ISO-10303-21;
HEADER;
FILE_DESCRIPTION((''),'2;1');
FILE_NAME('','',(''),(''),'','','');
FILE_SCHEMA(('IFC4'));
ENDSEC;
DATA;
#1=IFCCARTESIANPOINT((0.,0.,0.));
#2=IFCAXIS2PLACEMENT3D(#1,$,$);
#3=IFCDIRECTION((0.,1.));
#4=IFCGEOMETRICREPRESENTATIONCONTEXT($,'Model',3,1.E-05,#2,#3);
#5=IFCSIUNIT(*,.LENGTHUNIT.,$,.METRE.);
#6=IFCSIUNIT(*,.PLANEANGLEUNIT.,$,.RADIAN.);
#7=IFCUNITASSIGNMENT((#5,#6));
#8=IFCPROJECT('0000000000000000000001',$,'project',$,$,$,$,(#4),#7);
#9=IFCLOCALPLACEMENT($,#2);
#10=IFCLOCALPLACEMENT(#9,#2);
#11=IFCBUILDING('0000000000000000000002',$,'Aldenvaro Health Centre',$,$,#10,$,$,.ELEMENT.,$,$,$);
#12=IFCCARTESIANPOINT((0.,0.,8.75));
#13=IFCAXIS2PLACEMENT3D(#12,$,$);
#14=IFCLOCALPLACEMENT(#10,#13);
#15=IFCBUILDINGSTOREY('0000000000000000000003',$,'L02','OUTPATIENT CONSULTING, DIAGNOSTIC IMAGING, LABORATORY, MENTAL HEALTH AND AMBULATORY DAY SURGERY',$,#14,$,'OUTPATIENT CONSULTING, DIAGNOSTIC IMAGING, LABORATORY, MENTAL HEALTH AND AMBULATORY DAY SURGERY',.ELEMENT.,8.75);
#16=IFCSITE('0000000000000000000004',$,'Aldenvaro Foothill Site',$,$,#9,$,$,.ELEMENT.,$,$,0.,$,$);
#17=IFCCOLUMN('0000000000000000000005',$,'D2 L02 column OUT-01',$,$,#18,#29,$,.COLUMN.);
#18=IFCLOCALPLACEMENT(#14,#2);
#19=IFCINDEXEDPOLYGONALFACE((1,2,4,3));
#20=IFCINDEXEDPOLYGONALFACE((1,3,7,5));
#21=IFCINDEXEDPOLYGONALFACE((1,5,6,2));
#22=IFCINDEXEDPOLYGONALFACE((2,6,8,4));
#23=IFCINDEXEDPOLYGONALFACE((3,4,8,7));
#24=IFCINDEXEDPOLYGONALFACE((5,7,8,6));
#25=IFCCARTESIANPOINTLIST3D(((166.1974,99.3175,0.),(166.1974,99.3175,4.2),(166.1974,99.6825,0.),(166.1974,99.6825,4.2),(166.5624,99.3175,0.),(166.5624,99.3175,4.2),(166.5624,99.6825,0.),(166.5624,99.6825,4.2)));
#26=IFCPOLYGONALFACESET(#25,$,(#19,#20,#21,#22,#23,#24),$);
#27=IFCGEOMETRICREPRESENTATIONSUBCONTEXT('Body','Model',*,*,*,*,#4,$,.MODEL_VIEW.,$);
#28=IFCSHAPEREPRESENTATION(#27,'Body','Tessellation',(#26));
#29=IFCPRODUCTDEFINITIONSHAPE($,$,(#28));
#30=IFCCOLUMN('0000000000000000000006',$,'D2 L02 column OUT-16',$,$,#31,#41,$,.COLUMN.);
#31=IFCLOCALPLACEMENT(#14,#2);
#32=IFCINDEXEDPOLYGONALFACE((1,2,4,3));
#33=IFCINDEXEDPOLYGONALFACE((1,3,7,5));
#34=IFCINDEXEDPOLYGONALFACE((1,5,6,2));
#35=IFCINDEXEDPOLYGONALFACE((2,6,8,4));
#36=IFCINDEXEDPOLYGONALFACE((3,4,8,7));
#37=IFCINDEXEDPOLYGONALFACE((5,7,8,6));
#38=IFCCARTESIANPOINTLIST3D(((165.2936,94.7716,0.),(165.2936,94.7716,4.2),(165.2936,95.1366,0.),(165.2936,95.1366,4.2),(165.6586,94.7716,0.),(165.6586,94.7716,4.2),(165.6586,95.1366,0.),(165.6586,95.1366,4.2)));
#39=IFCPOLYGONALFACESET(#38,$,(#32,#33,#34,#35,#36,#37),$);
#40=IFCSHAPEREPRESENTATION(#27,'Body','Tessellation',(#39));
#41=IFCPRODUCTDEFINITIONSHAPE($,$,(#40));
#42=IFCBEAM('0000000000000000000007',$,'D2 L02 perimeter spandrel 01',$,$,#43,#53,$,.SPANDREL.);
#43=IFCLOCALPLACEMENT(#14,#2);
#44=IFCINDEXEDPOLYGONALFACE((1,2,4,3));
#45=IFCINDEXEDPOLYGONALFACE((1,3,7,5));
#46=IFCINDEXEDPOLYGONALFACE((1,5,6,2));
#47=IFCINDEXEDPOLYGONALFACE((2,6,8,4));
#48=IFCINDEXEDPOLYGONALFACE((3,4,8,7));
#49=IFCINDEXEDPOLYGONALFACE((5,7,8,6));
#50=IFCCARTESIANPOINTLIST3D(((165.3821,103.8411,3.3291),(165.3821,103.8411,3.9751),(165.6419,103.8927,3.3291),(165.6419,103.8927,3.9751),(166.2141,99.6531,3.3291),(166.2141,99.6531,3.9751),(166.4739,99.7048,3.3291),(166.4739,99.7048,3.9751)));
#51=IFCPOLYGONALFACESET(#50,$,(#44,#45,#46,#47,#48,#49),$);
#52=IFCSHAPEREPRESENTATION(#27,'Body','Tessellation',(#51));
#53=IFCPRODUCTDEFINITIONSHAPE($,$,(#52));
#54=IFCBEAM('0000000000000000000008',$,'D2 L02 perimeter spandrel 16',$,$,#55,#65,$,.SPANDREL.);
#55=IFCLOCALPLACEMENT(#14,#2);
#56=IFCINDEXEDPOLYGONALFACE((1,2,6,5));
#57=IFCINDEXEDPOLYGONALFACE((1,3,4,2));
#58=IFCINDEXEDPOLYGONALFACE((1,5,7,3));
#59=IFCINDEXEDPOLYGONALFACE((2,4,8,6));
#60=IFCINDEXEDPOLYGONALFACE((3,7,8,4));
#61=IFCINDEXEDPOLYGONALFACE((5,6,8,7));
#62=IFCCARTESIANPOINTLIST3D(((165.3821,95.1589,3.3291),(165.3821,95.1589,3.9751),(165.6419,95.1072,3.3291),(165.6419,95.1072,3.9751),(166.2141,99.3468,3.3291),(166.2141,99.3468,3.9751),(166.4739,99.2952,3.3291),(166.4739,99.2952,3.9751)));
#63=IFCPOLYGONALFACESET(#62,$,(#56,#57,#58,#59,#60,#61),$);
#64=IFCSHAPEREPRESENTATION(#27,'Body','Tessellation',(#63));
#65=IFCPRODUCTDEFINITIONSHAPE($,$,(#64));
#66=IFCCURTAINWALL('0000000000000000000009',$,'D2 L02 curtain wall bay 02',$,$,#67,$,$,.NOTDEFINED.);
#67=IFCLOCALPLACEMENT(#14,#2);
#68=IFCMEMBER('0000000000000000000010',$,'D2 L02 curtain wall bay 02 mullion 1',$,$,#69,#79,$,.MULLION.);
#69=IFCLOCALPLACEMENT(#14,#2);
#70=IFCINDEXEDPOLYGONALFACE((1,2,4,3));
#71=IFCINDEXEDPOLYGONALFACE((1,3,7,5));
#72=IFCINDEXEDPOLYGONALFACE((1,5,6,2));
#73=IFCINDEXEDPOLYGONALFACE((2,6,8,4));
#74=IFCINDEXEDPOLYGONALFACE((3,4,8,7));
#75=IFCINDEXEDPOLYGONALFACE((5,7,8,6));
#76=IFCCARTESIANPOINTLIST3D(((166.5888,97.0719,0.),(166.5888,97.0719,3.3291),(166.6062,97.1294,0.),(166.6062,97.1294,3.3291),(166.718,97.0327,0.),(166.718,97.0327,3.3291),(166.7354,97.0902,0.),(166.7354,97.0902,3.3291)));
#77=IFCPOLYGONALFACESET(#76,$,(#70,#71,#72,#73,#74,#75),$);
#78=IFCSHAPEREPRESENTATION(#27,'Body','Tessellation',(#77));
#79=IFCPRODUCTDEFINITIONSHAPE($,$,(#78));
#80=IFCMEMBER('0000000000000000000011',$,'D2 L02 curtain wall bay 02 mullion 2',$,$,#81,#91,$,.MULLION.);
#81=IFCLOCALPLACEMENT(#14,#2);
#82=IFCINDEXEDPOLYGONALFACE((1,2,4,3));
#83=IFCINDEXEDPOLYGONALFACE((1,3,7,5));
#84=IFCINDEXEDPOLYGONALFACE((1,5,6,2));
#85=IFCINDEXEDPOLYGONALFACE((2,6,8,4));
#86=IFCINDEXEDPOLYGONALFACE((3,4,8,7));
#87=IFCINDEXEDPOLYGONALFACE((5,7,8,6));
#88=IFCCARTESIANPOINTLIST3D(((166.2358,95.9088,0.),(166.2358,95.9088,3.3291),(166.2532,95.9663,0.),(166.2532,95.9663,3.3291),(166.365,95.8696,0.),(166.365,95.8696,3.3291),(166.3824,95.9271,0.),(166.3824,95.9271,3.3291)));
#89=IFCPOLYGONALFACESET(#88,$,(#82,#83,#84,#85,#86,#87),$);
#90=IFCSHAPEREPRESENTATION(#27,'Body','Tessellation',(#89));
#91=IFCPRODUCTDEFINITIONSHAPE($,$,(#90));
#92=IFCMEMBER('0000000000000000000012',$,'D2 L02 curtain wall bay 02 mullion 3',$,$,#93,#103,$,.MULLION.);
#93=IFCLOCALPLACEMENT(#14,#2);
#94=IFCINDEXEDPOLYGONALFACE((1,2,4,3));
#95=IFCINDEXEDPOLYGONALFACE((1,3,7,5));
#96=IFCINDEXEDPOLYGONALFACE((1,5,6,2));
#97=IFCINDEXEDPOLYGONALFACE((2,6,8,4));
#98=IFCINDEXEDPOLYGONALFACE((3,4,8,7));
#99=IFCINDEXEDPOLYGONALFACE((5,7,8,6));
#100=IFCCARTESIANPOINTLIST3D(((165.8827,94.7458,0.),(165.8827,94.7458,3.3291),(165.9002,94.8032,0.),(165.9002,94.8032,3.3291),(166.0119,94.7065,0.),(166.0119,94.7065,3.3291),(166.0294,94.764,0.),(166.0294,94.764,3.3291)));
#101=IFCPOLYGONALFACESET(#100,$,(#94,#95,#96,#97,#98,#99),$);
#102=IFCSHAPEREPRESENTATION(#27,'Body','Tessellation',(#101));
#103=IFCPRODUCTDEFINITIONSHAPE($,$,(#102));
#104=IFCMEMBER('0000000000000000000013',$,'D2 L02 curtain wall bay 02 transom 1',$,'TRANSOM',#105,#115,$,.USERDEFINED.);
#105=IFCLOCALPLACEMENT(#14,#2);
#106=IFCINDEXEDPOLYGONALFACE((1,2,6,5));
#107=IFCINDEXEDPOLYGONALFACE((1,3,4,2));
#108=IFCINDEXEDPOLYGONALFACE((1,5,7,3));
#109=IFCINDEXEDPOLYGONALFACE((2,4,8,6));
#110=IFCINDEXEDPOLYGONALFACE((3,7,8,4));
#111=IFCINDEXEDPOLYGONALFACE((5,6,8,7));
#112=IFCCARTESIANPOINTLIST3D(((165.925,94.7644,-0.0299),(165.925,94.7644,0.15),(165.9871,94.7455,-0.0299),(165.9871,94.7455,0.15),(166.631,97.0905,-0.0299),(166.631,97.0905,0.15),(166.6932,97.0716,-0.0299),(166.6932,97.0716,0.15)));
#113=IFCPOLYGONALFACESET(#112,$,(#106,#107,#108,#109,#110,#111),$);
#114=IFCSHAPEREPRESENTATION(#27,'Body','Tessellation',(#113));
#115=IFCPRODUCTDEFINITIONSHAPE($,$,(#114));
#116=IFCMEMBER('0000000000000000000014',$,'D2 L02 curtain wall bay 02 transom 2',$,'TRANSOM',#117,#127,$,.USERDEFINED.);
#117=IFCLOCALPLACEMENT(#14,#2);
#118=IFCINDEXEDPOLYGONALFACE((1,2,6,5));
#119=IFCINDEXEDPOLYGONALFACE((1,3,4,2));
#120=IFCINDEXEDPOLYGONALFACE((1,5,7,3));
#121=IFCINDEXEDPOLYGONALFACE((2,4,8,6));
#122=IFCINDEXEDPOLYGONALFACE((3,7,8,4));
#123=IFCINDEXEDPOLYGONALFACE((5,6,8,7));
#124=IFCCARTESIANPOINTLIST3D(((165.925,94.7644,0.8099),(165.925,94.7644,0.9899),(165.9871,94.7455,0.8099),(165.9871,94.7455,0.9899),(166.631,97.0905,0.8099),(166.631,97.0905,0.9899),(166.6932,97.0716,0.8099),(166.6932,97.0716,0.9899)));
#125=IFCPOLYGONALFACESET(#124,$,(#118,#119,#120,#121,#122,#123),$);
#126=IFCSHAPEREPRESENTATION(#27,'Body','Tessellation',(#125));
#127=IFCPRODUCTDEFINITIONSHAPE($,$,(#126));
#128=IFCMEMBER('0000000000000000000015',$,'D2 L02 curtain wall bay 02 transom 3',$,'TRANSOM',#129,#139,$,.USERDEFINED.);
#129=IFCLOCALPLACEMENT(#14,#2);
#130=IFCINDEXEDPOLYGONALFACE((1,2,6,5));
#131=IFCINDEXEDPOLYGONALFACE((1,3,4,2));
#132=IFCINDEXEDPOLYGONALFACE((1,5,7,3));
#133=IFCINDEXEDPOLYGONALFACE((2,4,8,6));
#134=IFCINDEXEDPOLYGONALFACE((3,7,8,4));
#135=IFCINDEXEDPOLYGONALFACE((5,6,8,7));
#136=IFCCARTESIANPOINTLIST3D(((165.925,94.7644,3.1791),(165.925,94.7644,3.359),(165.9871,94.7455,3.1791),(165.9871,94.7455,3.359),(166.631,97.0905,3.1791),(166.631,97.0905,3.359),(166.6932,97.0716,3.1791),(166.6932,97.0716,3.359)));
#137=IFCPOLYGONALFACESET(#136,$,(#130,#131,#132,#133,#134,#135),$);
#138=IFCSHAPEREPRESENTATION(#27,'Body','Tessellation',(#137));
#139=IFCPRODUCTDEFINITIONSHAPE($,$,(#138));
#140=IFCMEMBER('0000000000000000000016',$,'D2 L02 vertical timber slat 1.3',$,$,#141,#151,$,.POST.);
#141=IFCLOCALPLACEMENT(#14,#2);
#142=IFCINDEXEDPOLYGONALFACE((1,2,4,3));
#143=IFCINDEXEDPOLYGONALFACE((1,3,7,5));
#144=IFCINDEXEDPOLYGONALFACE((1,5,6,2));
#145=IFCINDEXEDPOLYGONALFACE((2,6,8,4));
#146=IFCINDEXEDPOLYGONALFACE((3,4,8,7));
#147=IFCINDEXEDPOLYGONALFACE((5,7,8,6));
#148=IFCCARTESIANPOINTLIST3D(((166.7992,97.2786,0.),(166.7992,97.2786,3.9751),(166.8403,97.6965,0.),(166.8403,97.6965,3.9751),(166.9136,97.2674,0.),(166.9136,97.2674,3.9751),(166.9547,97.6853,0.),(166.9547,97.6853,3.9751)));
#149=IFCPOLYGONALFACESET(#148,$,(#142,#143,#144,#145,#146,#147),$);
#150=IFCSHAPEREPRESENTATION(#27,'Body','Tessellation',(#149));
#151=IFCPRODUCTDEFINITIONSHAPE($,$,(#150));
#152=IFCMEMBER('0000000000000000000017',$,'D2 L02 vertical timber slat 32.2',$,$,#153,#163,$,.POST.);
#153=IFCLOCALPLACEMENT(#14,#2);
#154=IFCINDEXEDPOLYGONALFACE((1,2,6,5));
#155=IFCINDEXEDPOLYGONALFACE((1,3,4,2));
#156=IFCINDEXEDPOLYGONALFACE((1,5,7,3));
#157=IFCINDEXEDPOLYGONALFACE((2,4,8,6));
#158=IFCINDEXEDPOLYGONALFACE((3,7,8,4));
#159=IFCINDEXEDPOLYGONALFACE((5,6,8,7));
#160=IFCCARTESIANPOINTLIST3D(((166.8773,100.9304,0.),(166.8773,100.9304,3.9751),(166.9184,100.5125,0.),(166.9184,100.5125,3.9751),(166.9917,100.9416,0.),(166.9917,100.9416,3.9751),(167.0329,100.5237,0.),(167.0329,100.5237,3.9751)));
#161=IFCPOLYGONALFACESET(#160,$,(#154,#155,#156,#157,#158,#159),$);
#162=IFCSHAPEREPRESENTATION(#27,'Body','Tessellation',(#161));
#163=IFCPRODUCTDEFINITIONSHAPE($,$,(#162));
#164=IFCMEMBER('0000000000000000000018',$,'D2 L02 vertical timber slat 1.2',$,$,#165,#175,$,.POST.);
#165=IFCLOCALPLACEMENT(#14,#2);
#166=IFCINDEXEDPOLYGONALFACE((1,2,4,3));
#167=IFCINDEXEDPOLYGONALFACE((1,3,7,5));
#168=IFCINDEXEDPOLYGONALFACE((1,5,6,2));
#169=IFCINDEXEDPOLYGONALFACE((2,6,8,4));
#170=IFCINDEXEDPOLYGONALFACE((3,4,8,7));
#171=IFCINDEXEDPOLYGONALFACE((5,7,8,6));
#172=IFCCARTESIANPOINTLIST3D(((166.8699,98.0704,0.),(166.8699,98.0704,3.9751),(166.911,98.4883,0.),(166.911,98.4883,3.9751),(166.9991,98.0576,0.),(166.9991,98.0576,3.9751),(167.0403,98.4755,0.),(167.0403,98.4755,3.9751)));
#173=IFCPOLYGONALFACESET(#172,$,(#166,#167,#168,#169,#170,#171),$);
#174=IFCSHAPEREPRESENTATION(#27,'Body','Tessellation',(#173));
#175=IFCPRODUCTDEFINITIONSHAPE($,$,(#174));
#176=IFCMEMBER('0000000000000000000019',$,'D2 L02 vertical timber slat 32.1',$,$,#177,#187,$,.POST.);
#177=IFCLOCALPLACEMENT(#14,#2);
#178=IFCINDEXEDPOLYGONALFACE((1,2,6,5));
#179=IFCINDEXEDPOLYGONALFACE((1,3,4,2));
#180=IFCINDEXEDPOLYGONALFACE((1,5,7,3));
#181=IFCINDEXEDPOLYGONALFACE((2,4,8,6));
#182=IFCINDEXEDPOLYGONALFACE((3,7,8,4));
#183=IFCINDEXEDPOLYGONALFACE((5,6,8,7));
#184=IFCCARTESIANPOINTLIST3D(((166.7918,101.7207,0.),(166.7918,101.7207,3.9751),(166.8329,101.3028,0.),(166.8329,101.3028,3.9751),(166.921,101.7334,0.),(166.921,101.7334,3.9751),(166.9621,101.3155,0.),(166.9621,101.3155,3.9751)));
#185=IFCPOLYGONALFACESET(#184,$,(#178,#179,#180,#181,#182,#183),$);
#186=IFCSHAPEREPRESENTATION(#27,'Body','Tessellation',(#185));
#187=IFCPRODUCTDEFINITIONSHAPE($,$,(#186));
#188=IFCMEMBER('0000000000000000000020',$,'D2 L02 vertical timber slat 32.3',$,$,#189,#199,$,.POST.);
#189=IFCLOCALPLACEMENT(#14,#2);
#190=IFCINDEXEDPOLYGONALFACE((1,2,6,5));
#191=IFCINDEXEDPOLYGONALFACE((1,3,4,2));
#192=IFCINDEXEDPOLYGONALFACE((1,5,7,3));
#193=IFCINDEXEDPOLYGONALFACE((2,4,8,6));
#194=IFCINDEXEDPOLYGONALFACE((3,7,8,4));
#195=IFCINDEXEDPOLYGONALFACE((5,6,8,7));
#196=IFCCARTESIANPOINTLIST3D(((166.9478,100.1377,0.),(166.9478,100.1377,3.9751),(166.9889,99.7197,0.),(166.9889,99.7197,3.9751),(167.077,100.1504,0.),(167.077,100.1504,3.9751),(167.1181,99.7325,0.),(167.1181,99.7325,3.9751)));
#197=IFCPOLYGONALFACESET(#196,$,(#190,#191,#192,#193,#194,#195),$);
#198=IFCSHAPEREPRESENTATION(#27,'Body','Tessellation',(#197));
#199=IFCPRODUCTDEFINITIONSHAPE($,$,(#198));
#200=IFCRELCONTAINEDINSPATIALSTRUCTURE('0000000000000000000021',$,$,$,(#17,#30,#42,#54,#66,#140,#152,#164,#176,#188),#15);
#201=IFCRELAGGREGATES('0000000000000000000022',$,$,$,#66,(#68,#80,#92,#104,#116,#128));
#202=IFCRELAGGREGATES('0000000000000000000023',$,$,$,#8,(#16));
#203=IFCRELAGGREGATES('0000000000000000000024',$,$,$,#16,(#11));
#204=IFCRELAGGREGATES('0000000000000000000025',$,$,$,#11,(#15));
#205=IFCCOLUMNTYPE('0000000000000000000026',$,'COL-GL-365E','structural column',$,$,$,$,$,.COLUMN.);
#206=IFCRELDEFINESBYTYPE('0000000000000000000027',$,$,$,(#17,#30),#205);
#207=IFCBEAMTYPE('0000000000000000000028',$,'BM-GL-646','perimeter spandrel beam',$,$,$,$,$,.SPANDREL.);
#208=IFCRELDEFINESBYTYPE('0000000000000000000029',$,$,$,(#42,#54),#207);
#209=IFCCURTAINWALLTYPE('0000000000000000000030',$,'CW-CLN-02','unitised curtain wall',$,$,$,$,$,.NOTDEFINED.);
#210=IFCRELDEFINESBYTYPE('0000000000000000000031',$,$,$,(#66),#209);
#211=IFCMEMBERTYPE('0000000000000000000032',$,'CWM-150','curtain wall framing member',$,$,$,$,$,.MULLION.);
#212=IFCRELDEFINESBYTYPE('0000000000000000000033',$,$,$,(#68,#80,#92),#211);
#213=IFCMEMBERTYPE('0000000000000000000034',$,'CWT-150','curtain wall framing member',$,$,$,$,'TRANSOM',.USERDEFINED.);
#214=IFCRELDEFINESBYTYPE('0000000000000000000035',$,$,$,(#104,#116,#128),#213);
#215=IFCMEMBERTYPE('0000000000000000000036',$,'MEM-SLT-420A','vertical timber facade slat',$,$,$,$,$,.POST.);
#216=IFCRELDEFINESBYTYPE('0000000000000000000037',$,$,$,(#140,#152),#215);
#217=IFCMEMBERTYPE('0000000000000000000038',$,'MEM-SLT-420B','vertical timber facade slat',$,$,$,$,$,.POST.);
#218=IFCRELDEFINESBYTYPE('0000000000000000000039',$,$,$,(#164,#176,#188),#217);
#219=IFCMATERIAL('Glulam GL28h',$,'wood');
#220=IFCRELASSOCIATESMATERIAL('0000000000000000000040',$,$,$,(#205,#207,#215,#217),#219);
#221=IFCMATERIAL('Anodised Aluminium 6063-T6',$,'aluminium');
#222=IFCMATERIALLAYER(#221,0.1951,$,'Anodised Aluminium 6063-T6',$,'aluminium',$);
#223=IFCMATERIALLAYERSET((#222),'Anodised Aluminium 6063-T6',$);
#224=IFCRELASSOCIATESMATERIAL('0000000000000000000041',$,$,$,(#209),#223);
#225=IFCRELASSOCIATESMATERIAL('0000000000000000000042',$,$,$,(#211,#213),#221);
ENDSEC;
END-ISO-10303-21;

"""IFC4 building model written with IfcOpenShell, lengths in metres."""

from ifc_helpers import new_model, si_unit, direction, frame, origin, origin_2d, place, context, subcontext, project, spatial, rectangle, extrude, material, layer, layer_set, material_profile, profile_set, type_object, element, aggregate, save


model = new_model("IFC4")

# Units and contexts
model_context = context("Model", 3, precision=1e-05, world=origin(), true_north=direction((0.0, 1.0)))
body_context = subcontext(model_context, "Body", "Model", "MODEL_VIEW")
ifc_project = project(units=[si_unit("LENGTHUNIT", "METRE"), si_unit("PLANEANGLEUNIT", "RADIAN")], contexts=[model_context])

# Site, building, storey
site_placement = place(None, origin())
site = spatial("IfcSite", under=ifc_project, at=site_placement, Name="Aldenvaro Foothill Site", CompositionType="ELEMENT", RefElevation=0.0)
building_placement = place(site_placement, origin())
building = spatial("IfcBuilding", under=site, at=building_placement, Name="Aldenvaro Health Centre", CompositionType="ELEMENT")
storey_placement = place(building_placement, frame((0.0, 0.0, 8.75)))
storey = spatial("IfcBuildingStorey", under=building, at=storey_placement, Name="L02", Description="OUTPATIENT CONSULTING, DIAGNOSTIC IMAGING, LABORATORY, MENTAL HEALTH AND AMBULATORY DAY SURGERY", LongName="OUTPATIENT CONSULTING, DIAGNOSTIC IMAGING, LABORATORY, MENTAL HEALTH AND AMBULATORY DAY SURGERY", CompositionType="ELEMENT", Elevation=8.75)

# Columns
ifc_material_1 = material(Name="Glulam GL28h", Category="wood")
ifc_material_profile_1 = material_profile(ifc_material_1, rectangle(XDim=0.365, YDim=0.365, at=origin_2d()), Name="GL 365x365", Category="wood")
ifc_profile_set_1 = profile_set([ifc_material_profile_1], Name="Glulam GL28h")
column_type = type_object("IfcColumnType", Name="COL-GL-365E", Description="structural column", PredefinedType="COLUMN", material=ifc_profile_set_1)
for number, where, z_axis, x_axis, name in (
    (1, (166.3799, 99.5, 0.0), (0.0, 0.0, 1.0), (1.0, 0.0, 0.0), "D2 L02 column OUT-01"),
    (2, (165.4761, 94.9541, 0.0), (0.0, 0.0, 1.0), (1.0, 0.0, 0.0), "D2 L02 column OUT-16"),
):
    element("IfcColumn", number, at=place(storey_placement, frame(where, z_axis=z_axis, x_axis=x_axis)), inside=storey, type_object=column_type, Name=name, PredefinedType="COLUMN", context=body_context, shape_type="SweptSolid", body=[
        extrude(rectangle(XDim=0.365, YDim=0.365, at=origin_2d()), origin(), (0.0, 0.0, 1.0), 4.2),
    ])

# Beams
ifc_material_profile_2 = material_profile(ifc_material_1, rectangle(XDim=0.2649, YDim=0.646, at=origin_2d()), Name="GL 265x646", Category="wood")
ifc_profile_set_2 = profile_set([ifc_material_profile_2], Name="Glulam GL28h")
beam_type = type_object("IfcBeamType", Name="BM-GL-646", Description="perimeter spandrel beam", PredefinedType="SPANDREL", material=ifc_profile_set_2)
for number, where, z_axis, x_axis, name in (
    (3, (166.344, 99.679, 3.6521), (-0.194862, 0.980831, 0.0), (-0.980831, -0.194862, 0.0), "D2 L02 perimeter spandrel 01"),
    (4, (165.512, 95.1331, 3.6521), (0.194862, 0.980831, 0.0), (-0.980831, 0.194862, 0.0), "D2 L02 perimeter spandrel 16"),
):
    element("IfcBeam", number, at=place(storey_placement, frame(where, z_axis=z_axis, x_axis=x_axis)), inside=storey, type_object=beam_type, Name=name, PredefinedType="SPANDREL", context=body_context, shape_type="SweptSolid", body=[
        extrude(rectangle(XDim=0.2649, YDim=0.646, at=origin_2d()), origin(), (0.0, 0.0, 1.0), 4.2698),
    ])

# Curtain wall, members
ifc_material_2 = material(Name="Anodised Aluminium 6063-T6", Category="aluminium")
ifc_layer_1 = layer(ifc_material_2, 0.1951, Name="Anodised Aluminium 6063-T6", Category="aluminium")
ifc_layer_set_1 = layer_set([ifc_layer_1], Name="Anodised Aluminium 6063-T6")
curtain_wall_type = type_object("IfcCurtainWallType", Name="CW-CLN-02", Description="unitised curtain wall", PredefinedType="NOTDEFINED", material=ifc_layer_set_1)
curtain_wall_placement = place(storey_placement, origin())
curtain_wall = element("IfcCurtainWall", 5, at=curtain_wall_placement, inside=storey, type_object=curtain_wall_type, Name="D2 L02 curtain wall bay 02", PredefinedType="NOTDEFINED")
ifc_material_profile_3 = material_profile(ifc_material_2, rectangle(XDim=0.0601, YDim=0.135, at=origin_2d()), Name="ALU 60x135", Category="aluminium")
ifc_profile_set_3 = profile_set([ifc_material_profile_3], Name="Anodised Aluminium 6063-T6")
member_type_1 = type_object("IfcMemberType", Name="CWM-150", Description="curtain wall framing member", PredefinedType="MULLION", material=ifc_profile_set_3)
member_1_placement = place(storey_placement, frame((166.6621, 97.0811, 0.0), z_axis=(0.0, 0.0, 1.0), x_axis=(-0.290441, -0.956893, 0.0)))
member_1 = element("IfcMember", 6, at=member_1_placement, type_object=member_type_1, Name="D2 L02 curtain wall bay 02 mullion 1", PredefinedType="MULLION", context=body_context, shape_type="SweptSolid", body=[
    extrude(rectangle(XDim=0.0601, YDim=0.135, at=origin_2d()), origin(), (0.0, 0.0, 1.0), 3.3291),
])
member_2_placement = place(storey_placement, frame((166.3091, 95.918, 0.0), z_axis=(0.0, 0.0, 1.0), x_axis=(-0.290441, -0.956893, 0.0)))
member_2 = element("IfcMember", 7, at=member_2_placement, type_object=member_type_1, Name="D2 L02 curtain wall bay 02 mullion 2", PredefinedType="MULLION", context=body_context, shape_type="SweptSolid", body=[
    extrude(rectangle(XDim=0.0601, YDim=0.135, at=origin_2d()), origin(), (0.0, 0.0, 1.0), 3.3291),
])
member_3_placement = place(storey_placement, frame((165.9561, 94.7549, 0.0), z_axis=(0.0, 0.0, 1.0), x_axis=(-0.290441, -0.956893, 0.0)))
member_3 = element("IfcMember", 8, at=member_3_placement, type_object=member_type_1, Name="D2 L02 curtain wall bay 02 mullion 3", PredefinedType="MULLION", context=body_context, shape_type="SweptSolid", body=[
    extrude(rectangle(XDim=0.0601, YDim=0.135, at=origin_2d()), origin(), (0.0, 0.0, 1.0), 3.3291),
])
ifc_material_profile_4 = material_profile(ifc_material_2, rectangle(XDim=0.0649, YDim=0.1799, at=origin_2d()), Name="ALU 65x180", Category="aluminium")
ifc_profile_set_4 = profile_set([ifc_material_profile_4], Name="Anodised Aluminium 6063-T6")
member_type_2 = type_object("IfcMemberType", Name="CWT-150", Description="curtain wall framing member", ElementType="TRANSOM", PredefinedType="USERDEFINED", material=ifc_profile_set_4)
member_4_placement = place(storey_placement, frame((166.6621, 97.0811, 0.0601), z_axis=(-0.290442, -0.956893, 0.0), x_axis=(0.956893, -0.290442, 0.0)))
member_4 = element("IfcMember", 9, at=member_4_placement, type_object=member_type_2, Name="D2 L02 curtain wall bay 02 transom 1", ObjectType="TRANSOM", PredefinedType="USERDEFINED", context=body_context, shape_type="SweptSolid", body=[
    extrude(rectangle(XDim=0.0649, YDim=0.1799, at=origin_2d()), origin(), (0.0, 0.0, 1.0), 2.4309),
])
member_5_placement = place(storey_placement, frame((166.6621, 97.0811, 0.8999), z_axis=(-0.290442, -0.956893, 0.0), x_axis=(0.956893, -0.290442, 0.0)))
member_5 = element("IfcMember", 10, at=member_5_placement, type_object=member_type_2, Name="D2 L02 curtain wall bay 02 transom 2", ObjectType="TRANSOM", PredefinedType="USERDEFINED", context=body_context, shape_type="SweptSolid", body=[
    extrude(rectangle(XDim=0.0649, YDim=0.1799, at=origin_2d()), origin(), (0.0, 0.0, 1.0), 2.4309),
])
member_6_placement = place(storey_placement, frame((166.6621, 97.0811, 3.269), z_axis=(-0.290442, -0.956893, 0.0), x_axis=(0.956893, -0.290442, 0.0)))
member_6 = element("IfcMember", 11, at=member_6_placement, type_object=member_type_2, Name="D2 L02 curtain wall bay 02 transom 3", ObjectType="TRANSOM", PredefinedType="USERDEFINED", context=body_context, shape_type="SweptSolid", body=[
    extrude(rectangle(XDim=0.0649, YDim=0.1799, at=origin_2d()), origin(), (0.0, 0.0, 1.0), 2.4309),
])

# Members
ifc_material_profile_5 = material_profile(ifc_material_1, rectangle(XDim=0.115, YDim=0.4199, at=origin_2d()), Name="GL 115x420", Category="wood")
ifc_profile_set_5 = profile_set([ifc_material_profile_5], Name="Glulam GL28h")
member_type_3 = type_object("IfcMemberType", Name="MEM-SLT-420A", Description="vertical timber facade slat", PredefinedType="POST", material=ifc_profile_set_5)
for number, where, z_axis, x_axis, name in (
    (12, (166.877, 97.4819, 0.0), (0.0, 0.0, 1.0), (0.995195, -0.097915, 0.0), "D2 L02 vertical timber slat 1.3"),
    (13, (166.9551, 100.7271, 0.0), (0.0, 0.0, 1.0), (0.995195, 0.097915, 0.0), "D2 L02 vertical timber slat 32.2"),
):
    element("IfcMember", number, at=place(storey_placement, frame(where, z_axis=z_axis, x_axis=x_axis)), inside=storey, type_object=member_type_3, Name=name, PredefinedType="POST", context=body_context, shape_type="SweptSolid", body=[
        extrude(rectangle(XDim=0.115, YDim=0.4199, at=origin_2d()), origin(), (0.0, 0.0, 1.0), 3.9751),
    ])
ifc_material_profile_6 = material_profile(ifc_material_1, rectangle(XDim=0.1299, YDim=0.4199, at=origin_2d()), Name="GL 130x420", Category="wood")
ifc_profile_set_6 = profile_set([ifc_material_profile_6], Name="Glulam GL28h")
member_type_4 = type_object("IfcMemberType", Name="MEM-SLT-420B", Description="vertical timber facade slat", PredefinedType="POST", material=ifc_profile_set_6)
for number, where, z_axis, x_axis, name in (
    (14, (166.9551, 98.2729, 0.0), (0.0, 0.0, 1.0), (0.995195, -0.097915, 0.0), "D2 L02 vertical timber slat 1.2"),
    (15, (166.877, 101.5181, 0.0), (0.0, 0.0, 1.0), (0.995195, 0.097915, 0.0), "D2 L02 vertical timber slat 32.1"),
    (16, (167.033, 99.9351, 0.0), (0.0, 0.0, 1.0), (0.995195, 0.097915, 0.0), "D2 L02 vertical timber slat 32.3"),
):
    element("IfcMember", number, at=place(storey_placement, frame(where, z_axis=z_axis, x_axis=x_axis)), inside=storey, type_object=member_type_4, Name=name, PredefinedType="POST", context=body_context, shape_type="SweptSolid", body=[
        extrude(rectangle(XDim=0.1299, YDim=0.4199, at=origin_2d()), origin(), (0.0, 0.0, 1.0), 3.9751),
    ])

aggregate(curtain_wall, [member_1, member_2, member_3, member_4, member_5, member_6])

save(model, "model.ifc")
